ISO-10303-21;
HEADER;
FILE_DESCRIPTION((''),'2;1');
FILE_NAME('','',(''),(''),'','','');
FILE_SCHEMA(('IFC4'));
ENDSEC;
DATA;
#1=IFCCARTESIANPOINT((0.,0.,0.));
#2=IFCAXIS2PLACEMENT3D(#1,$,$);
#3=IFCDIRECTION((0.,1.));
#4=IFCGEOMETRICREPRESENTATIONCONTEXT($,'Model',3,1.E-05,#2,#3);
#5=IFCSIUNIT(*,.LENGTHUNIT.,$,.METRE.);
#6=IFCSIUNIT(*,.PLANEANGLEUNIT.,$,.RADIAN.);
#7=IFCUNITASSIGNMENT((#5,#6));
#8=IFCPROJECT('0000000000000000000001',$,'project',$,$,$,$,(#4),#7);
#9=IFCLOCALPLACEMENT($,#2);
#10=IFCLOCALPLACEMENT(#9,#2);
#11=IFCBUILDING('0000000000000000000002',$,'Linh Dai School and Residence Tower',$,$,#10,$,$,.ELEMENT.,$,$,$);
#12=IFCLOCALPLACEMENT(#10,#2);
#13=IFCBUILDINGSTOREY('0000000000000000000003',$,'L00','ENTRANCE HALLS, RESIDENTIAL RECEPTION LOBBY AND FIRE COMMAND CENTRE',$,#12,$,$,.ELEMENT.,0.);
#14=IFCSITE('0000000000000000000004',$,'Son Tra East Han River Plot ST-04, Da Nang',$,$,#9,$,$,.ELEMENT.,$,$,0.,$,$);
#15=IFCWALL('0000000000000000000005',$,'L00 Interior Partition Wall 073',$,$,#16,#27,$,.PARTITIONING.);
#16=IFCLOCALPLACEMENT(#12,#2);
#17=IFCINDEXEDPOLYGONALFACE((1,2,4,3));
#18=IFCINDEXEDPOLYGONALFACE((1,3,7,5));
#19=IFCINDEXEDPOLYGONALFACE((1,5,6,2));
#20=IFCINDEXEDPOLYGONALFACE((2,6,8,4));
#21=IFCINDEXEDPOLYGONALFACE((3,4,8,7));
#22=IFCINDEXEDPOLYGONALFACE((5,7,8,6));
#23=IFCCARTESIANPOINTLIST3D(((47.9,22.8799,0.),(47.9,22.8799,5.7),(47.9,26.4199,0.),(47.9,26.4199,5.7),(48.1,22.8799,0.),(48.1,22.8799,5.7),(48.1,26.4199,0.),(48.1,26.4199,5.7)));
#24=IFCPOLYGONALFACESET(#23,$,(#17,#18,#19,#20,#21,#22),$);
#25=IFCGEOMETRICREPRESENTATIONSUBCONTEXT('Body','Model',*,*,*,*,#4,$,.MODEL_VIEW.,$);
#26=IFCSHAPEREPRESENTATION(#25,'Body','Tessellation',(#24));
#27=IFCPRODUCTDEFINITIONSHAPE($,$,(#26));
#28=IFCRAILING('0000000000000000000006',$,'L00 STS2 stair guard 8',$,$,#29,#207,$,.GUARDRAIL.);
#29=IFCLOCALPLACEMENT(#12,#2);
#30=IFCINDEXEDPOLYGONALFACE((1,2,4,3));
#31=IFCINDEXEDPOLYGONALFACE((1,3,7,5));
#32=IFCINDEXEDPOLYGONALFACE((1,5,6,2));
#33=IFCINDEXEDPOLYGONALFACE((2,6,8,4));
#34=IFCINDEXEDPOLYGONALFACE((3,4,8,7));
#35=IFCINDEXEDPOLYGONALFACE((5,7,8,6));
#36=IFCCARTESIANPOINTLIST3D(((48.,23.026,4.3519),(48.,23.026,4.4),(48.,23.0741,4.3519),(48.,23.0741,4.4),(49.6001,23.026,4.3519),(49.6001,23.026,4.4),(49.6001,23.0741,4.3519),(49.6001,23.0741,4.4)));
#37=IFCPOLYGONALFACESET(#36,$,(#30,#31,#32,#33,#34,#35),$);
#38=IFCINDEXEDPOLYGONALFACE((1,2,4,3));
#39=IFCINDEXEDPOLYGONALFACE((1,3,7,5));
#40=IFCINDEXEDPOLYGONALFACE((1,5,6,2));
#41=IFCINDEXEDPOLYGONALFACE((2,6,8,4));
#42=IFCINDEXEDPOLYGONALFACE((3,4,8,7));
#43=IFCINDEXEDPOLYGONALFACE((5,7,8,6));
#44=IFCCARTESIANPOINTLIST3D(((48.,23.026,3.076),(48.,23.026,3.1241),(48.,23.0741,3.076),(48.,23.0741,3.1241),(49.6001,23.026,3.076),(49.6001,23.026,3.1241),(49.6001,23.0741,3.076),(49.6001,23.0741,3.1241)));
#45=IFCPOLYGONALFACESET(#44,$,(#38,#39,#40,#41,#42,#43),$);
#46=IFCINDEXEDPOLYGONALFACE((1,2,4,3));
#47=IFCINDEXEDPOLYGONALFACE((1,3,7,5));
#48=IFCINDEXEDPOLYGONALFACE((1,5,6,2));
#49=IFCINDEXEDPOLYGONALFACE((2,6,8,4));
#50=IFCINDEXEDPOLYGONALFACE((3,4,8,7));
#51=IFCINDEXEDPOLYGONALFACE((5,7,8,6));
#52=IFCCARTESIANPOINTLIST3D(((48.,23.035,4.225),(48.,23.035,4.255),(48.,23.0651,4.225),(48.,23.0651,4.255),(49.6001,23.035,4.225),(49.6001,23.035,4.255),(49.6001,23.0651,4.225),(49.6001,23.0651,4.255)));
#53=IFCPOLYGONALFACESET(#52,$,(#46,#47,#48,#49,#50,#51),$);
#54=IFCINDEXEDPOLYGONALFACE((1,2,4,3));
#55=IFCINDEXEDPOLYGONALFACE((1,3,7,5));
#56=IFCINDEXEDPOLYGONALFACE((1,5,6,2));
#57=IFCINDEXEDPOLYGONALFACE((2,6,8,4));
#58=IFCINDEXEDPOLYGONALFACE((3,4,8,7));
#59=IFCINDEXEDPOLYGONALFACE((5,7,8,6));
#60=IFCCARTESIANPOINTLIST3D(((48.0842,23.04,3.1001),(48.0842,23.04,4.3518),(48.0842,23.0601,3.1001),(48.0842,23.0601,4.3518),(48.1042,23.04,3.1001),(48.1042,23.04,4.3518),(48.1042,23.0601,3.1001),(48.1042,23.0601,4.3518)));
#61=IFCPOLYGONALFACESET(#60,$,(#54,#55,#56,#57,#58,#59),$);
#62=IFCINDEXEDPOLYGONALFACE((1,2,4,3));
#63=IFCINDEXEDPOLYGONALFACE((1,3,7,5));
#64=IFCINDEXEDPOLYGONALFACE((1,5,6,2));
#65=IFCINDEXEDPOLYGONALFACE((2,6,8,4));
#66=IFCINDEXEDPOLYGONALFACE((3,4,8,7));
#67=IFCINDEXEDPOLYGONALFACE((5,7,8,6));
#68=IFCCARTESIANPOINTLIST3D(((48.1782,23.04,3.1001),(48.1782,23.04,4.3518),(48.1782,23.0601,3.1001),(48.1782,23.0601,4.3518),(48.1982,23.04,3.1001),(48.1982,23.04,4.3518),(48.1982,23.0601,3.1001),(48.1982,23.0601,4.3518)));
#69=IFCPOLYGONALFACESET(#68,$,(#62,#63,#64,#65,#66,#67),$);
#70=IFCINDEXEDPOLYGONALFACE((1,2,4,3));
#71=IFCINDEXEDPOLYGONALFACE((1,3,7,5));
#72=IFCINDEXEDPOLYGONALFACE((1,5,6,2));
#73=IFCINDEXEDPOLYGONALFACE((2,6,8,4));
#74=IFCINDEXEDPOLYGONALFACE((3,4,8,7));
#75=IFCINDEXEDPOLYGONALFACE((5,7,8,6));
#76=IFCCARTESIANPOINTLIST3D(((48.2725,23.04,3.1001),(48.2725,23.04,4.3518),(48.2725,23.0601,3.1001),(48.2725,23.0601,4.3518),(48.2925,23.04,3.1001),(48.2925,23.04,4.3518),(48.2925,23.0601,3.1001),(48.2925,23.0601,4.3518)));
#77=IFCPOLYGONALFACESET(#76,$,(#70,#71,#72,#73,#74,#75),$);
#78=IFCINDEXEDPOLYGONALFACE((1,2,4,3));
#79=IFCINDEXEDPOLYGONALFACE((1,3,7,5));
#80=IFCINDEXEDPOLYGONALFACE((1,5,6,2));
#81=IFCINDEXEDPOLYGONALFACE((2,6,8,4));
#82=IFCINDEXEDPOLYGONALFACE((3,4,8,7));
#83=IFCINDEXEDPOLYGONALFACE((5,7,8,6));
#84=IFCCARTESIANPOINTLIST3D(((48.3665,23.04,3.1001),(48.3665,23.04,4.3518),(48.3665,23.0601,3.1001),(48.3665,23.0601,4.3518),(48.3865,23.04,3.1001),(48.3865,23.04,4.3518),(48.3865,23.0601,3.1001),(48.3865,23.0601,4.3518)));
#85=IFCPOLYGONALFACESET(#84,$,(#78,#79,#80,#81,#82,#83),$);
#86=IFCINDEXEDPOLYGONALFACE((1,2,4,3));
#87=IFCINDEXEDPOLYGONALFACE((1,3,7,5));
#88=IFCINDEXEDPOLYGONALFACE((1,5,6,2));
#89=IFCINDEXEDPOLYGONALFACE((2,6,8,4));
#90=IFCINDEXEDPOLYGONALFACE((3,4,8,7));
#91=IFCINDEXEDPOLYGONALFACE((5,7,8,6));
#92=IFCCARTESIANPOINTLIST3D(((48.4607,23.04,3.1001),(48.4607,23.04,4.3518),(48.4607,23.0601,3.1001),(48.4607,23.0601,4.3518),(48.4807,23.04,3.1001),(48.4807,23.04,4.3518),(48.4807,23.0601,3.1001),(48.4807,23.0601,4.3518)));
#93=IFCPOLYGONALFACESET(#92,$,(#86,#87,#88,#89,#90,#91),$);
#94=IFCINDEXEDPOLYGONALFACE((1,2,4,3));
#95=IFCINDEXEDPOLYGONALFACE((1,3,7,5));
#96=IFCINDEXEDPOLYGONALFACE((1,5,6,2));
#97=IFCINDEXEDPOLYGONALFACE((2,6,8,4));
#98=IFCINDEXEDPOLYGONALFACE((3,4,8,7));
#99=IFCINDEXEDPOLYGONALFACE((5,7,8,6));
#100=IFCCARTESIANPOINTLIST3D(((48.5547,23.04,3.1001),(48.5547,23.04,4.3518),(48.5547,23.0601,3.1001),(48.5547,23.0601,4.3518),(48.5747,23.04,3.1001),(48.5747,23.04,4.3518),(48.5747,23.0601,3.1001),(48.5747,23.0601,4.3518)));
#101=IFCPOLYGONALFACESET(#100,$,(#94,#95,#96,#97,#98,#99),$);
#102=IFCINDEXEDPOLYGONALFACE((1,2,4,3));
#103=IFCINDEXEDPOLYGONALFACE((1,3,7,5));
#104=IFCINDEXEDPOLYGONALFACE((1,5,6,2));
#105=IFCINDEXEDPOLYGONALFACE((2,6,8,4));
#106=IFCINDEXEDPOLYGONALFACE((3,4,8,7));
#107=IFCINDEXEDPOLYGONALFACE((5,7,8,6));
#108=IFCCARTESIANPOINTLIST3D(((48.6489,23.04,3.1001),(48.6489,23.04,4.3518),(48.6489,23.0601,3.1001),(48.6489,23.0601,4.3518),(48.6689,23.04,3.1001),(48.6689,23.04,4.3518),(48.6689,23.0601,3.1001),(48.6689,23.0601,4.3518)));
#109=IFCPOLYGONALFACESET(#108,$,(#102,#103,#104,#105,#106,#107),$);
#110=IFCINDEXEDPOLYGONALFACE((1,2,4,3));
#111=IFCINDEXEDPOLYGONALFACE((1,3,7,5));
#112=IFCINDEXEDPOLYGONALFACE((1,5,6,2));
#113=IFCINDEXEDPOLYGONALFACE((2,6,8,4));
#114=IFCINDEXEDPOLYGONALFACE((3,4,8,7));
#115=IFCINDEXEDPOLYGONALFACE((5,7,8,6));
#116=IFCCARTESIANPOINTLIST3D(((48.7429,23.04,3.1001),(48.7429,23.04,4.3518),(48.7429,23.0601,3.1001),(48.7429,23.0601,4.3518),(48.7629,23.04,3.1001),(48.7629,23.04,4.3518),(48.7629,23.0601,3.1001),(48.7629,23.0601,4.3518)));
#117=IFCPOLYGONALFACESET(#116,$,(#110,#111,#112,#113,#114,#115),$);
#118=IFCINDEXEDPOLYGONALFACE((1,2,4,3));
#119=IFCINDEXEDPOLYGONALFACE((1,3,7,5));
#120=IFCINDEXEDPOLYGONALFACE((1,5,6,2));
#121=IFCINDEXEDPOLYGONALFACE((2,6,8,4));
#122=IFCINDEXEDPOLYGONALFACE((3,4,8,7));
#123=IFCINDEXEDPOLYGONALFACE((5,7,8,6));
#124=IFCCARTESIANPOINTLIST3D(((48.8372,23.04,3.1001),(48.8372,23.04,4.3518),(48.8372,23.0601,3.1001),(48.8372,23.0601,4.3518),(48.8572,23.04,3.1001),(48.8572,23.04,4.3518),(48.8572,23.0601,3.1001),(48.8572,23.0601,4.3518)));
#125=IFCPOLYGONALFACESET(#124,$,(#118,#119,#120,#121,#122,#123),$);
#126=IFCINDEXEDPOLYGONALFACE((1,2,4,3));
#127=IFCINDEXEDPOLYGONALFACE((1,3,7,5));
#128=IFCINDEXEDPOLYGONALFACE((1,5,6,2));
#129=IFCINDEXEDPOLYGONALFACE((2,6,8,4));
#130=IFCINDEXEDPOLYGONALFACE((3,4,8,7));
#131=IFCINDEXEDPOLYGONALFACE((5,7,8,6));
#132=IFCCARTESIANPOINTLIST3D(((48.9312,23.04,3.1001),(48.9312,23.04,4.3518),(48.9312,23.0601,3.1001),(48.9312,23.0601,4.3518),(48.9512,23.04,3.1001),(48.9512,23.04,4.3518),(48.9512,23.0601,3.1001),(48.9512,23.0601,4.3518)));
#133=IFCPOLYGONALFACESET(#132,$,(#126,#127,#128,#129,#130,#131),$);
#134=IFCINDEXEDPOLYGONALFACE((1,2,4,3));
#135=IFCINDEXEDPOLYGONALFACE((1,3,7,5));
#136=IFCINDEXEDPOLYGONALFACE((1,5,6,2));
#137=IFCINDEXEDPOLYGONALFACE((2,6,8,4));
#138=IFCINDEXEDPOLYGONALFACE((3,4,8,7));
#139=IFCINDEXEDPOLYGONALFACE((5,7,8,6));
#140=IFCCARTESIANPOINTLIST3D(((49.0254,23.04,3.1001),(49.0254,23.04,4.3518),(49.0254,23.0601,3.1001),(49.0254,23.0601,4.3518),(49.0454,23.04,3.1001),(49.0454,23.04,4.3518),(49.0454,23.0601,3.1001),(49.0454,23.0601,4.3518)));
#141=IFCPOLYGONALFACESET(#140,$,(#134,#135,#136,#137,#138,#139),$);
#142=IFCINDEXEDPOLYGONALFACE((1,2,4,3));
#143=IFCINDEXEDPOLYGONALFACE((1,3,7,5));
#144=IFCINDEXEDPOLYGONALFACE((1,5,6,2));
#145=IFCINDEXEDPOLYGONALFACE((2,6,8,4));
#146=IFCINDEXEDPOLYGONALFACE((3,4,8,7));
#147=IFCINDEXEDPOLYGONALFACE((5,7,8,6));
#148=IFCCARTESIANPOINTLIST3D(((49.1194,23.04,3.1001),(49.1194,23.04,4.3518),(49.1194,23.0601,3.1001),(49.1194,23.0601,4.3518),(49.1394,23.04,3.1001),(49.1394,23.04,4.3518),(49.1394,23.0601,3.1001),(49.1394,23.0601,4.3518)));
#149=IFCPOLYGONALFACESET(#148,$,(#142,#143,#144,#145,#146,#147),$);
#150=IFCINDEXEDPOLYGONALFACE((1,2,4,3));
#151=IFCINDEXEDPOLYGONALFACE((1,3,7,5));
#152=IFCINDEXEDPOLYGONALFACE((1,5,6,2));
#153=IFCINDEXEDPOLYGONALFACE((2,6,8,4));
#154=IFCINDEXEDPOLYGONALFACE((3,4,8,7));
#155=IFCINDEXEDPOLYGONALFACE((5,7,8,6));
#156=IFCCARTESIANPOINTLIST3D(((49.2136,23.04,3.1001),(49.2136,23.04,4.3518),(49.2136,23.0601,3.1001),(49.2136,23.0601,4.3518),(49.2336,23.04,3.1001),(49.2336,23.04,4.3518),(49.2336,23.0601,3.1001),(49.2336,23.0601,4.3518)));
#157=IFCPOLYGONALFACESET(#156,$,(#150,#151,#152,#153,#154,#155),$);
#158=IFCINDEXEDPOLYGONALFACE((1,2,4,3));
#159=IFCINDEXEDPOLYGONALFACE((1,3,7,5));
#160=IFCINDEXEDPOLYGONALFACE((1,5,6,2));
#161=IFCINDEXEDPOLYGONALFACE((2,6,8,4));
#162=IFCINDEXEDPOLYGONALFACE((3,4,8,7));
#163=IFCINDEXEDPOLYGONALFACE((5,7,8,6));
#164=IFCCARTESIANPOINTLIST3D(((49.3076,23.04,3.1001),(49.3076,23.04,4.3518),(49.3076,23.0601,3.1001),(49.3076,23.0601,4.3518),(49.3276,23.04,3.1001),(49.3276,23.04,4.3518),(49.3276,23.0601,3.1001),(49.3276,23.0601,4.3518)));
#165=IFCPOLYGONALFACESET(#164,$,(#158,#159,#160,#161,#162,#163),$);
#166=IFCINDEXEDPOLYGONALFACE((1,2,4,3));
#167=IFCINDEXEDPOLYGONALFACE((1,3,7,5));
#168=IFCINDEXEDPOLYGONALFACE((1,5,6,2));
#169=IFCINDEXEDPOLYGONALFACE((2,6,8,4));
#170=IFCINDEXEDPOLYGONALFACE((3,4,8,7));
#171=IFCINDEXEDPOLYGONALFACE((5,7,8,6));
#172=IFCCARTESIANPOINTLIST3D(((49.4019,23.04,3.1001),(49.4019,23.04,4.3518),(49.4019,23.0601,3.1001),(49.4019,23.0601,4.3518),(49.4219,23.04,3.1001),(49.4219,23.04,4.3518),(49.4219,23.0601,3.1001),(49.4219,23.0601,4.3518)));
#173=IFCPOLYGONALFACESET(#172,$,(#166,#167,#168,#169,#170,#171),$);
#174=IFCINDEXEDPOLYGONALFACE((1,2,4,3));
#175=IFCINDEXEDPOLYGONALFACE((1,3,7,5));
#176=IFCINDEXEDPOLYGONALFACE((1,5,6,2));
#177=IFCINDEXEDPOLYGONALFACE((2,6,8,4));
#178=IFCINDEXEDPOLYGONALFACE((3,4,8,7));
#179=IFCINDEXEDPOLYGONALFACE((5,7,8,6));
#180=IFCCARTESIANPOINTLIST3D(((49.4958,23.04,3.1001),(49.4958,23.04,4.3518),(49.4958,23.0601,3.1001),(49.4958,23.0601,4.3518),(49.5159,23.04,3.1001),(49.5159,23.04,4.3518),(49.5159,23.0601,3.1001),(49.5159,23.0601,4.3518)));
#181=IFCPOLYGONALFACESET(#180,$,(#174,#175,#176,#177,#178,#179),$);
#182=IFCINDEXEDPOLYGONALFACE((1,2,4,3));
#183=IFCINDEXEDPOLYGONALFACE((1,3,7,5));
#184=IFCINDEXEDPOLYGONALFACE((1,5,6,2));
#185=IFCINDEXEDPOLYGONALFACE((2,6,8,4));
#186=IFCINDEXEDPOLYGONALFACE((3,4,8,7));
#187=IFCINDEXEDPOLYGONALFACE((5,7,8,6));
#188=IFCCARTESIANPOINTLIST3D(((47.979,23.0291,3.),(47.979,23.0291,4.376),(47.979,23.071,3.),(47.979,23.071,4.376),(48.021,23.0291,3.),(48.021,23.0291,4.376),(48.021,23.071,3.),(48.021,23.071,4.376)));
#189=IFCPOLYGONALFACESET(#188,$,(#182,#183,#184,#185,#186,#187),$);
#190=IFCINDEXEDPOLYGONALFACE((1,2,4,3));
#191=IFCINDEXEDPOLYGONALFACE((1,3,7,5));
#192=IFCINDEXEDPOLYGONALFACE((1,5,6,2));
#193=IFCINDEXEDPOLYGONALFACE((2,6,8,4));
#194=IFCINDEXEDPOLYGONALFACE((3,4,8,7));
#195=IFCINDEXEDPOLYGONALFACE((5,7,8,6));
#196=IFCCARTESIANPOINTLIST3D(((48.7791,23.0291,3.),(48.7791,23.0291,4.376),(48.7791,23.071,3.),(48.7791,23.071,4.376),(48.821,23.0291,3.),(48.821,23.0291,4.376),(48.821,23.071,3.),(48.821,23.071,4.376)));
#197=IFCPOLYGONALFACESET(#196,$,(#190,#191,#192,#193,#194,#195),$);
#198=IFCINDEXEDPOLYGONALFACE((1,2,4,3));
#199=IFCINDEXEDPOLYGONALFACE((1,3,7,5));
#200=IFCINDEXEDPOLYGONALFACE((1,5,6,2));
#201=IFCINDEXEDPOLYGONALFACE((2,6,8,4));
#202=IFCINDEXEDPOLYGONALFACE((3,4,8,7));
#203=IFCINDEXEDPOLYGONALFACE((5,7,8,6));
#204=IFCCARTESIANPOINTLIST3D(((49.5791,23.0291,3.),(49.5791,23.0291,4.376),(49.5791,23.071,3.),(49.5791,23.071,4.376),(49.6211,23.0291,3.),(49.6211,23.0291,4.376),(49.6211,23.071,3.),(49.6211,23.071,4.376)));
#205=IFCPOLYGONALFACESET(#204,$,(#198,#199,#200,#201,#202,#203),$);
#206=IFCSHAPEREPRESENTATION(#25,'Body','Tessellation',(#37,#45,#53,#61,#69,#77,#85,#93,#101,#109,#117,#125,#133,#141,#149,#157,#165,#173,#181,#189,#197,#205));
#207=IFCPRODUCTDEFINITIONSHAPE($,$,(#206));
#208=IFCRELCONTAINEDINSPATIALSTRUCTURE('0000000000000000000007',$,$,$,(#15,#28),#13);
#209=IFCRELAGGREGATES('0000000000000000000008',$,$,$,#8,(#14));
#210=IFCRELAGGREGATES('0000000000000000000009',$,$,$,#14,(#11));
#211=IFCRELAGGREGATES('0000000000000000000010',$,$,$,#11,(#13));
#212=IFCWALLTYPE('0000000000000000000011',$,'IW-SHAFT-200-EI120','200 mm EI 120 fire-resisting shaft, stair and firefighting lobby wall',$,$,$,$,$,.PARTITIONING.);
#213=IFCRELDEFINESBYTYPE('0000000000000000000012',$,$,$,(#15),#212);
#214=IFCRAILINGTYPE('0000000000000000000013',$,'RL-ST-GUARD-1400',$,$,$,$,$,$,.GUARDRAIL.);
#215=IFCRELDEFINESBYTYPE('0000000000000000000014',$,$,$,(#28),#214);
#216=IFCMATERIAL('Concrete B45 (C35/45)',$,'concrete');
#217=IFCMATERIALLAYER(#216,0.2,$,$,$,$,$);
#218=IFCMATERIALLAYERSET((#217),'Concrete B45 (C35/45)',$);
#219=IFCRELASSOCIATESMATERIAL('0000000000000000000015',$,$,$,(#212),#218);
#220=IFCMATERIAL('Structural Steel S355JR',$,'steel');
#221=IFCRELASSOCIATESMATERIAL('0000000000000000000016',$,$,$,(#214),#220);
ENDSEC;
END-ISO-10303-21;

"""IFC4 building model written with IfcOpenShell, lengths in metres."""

from ifc_helpers import new_model, si_unit, direction, frame, frame_2d, origin, origin_2d, place, context, subcontext, project, spatial, rectangle, extrude, source, transform, mapped, material, layer, layer_set, type_object, element, save


model = new_model("IFC4")

# Units and contexts
model_context = context("Model", 3, precision=1e-05, world=origin(), true_north=direction((0.0, 1.0)))
body_context = subcontext(model_context, "Body", "Model", "MODEL_VIEW")
ifc_project = project(units=[si_unit("LENGTHUNIT", "METRE"), si_unit("PLANEANGLEUNIT", "RADIAN")], contexts=[model_context])

# Site, building, storey
site_placement = place(None, origin())
site = spatial("IfcSite", under=ifc_project, at=site_placement, Name="Son Tra East Han River Plot ST-04, Da Nang", CompositionType="ELEMENT", RefElevation=0.0)
building_placement = place(site_placement, origin())
building = spatial("IfcBuilding", under=site, at=building_placement, Name="Linh Dai School and Residence Tower", CompositionType="ELEMENT")
storey_placement = place(building_placement, origin())
storey = spatial("IfcBuildingStorey", under=building, at=storey_placement, Name="L00", Description="ENTRANCE HALLS, RESIDENTIAL RECEPTION LOBBY AND FIRE COMMAND CENTRE", CompositionType="ELEMENT", Elevation=0.0)

# Shared definitions
ifc_material_1 = material(Name="Structural Steel S355JR", Category="steel")

# Shared definitions
ifc_material_2 = material(Name="Concrete B45 (C35/45)", Category="concrete")
ifc_layer_1 = layer(ifc_material_2, 0.2)
ifc_layer_set_1 = layer_set([ifc_layer_1], Name="Concrete B45 (C35/45)")
wall_type_1 = type_object("IfcWallType", Name="IW-SHAFT-200-EI120", Description="200 mm EI 120 fire-resisting shaft, stair and firefighting lobby wall", PredefinedType="PARTITIONING", material=ifc_layer_set_1)

# Wall
wall_1_placement = place(storey_placement, frame((48.0, 22.8799, 0.0), z_axis=(0.0, 0.0, 1.0), x_axis=(0.0, 1.0, 0.0)))
element("IfcWall", 1, at=wall_1_placement, inside=storey, type_object=wall_type_1, Name="L00 Interior Partition Wall 073", PredefinedType="PARTITIONING", context=body_context, shape_type="SweptSolid", body=[
    extrude(rectangle(XDim=3.54, YDim=0.2, at=frame_2d((1.77, 0.0))), origin(), (0.0, 0.0, 1.0), 5.7),
])

# Railing
railing_type = type_object("IfcRailingType", Name="RL-ST-GUARD-1400", PredefinedType="GUARDRAIL", material=ifc_material_1)
shared_shape_1 = source(origin(), body_context, "Body", "SweptSolid", [
    extrude(rectangle(XDim=0.0481, YDim=0.0481, at=origin_2d()), frame((0.0, 0.0, 1.376), z_axis=(1.0, 0.0, 0.0), x_axis=(0.0, 1.0, 0.0)), (0.0, 0.0, 1.0), 1.6001),
    extrude(rectangle(XDim=0.0481, YDim=0.0481, at=origin_2d()), frame((0.0, 0.0, 0.1001), z_axis=(1.0, 0.0, 0.0), x_axis=(0.0, 1.0, 0.0)), (0.0, 0.0, 1.0), 1.6001),
    extrude(rectangle(XDim=0.03, YDim=0.03, at=origin_2d()), frame((0.0, 0.0, 1.24), z_axis=(1.0, 0.0, 0.0), x_axis=(0.0, 1.0, 0.0)), (0.0, 0.0, 1.0), 1.6001),
    extrude(rectangle(XDim=0.02, YDim=0.02, at=origin_2d()), frame((0.0942, 0.0, 0.1001)), (0.0, 0.0, 1.0), 1.2517),
    extrude(rectangle(XDim=0.02, YDim=0.02, at=origin_2d()), frame((0.1882, 0.0, 0.1001)), (0.0, 0.0, 1.0), 1.2517),
    extrude(rectangle(XDim=0.02, YDim=0.02, at=origin_2d()), frame((0.2825, 0.0, 0.1001)), (0.0, 0.0, 1.0), 1.2517),
    extrude(rectangle(XDim=0.02, YDim=0.02, at=origin_2d()), frame((0.3765, 0.0, 0.1001)), (0.0, 0.0, 1.0), 1.2517),
    extrude(rectangle(XDim=0.02, YDim=0.02, at=origin_2d()), frame((0.4707, 0.0, 0.1001)), (0.0, 0.0, 1.0), 1.2517),
    extrude(rectangle(XDim=0.02, YDim=0.02, at=origin_2d()), frame((0.5647, 0.0, 0.1001)), (0.0, 0.0, 1.0), 1.2517),
    extrude(rectangle(XDim=0.02, YDim=0.02, at=origin_2d()), frame((0.6589, 0.0, 0.1001)), (0.0, 0.0, 1.0), 1.2517),
    extrude(rectangle(XDim=0.02, YDim=0.02, at=origin_2d()), frame((0.7529, 0.0, 0.1001)), (0.0, 0.0, 1.0), 1.2517),
    extrude(rectangle(XDim=0.02, YDim=0.02, at=origin_2d()), frame((0.8472, 0.0, 0.1001)), (0.0, 0.0, 1.0), 1.2517),
    extrude(rectangle(XDim=0.02, YDim=0.02, at=origin_2d()), frame((0.9412, 0.0, 0.1001)), (0.0, 0.0, 1.0), 1.2517),
    extrude(rectangle(XDim=0.02, YDim=0.02, at=origin_2d()), frame((1.0354, 0.0, 0.1001)), (0.0, 0.0, 1.0), 1.2517),
    extrude(rectangle(XDim=0.02, YDim=0.02, at=origin_2d()), frame((1.1294, 0.0, 0.1001)), (0.0, 0.0, 1.0), 1.2517),
    extrude(rectangle(XDim=0.02, YDim=0.02, at=origin_2d()), frame((1.2236, 0.0, 0.1001)), (0.0, 0.0, 1.0), 1.2517),
    extrude(rectangle(XDim=0.02, YDim=0.02, at=origin_2d()), frame((1.3176, 0.0, 0.1001)), (0.0, 0.0, 1.0), 1.2517),
    extrude(rectangle(XDim=0.02, YDim=0.02, at=origin_2d()), frame((1.4119, 0.0, 0.1001)), (0.0, 0.0, 1.0), 1.2517),
    extrude(rectangle(XDim=0.02, YDim=0.02, at=origin_2d()), frame((1.5059, 0.0, 0.1001)), (0.0, 0.0, 1.0), 1.2517),
    extrude(rectangle(XDim=0.042, YDim=0.042, at=origin_2d()), origin(), (0.0, 0.0, 1.0), 1.376),
    extrude(rectangle(XDim=0.042, YDim=0.042, at=origin_2d()), frame((0.8, 0.0, 0.0)), (0.0, 0.0, 1.0), 1.376),
    extrude(rectangle(XDim=0.042, YDim=0.042, at=origin_2d()), frame((1.6001, 0.0, 0.0)), (0.0, 0.0, 1.0), 1.376),
])
for number, where, name in (
    (2, (48.0, 23.05, 3.0), "L00 STS2 stair guard 8"),
):
    element("IfcRailing", number, at=place(storey_placement, frame(where)), inside=storey, type_object=railing_type, Name=name, PredefinedType="GUARDRAIL", context=body_context, shape_type="MappedRepresentation", body=[
        mapped(shared_shape_1, transform((0.0, 0.0, 0.0), x_axis=(1.0, 0.0, 0.0), y_axis=(0.0, 1.0, 0.0), z_axis=(0.0, 0.0, 1.0), scale=1.0)),
    ])

save(model, "model.ifc")
